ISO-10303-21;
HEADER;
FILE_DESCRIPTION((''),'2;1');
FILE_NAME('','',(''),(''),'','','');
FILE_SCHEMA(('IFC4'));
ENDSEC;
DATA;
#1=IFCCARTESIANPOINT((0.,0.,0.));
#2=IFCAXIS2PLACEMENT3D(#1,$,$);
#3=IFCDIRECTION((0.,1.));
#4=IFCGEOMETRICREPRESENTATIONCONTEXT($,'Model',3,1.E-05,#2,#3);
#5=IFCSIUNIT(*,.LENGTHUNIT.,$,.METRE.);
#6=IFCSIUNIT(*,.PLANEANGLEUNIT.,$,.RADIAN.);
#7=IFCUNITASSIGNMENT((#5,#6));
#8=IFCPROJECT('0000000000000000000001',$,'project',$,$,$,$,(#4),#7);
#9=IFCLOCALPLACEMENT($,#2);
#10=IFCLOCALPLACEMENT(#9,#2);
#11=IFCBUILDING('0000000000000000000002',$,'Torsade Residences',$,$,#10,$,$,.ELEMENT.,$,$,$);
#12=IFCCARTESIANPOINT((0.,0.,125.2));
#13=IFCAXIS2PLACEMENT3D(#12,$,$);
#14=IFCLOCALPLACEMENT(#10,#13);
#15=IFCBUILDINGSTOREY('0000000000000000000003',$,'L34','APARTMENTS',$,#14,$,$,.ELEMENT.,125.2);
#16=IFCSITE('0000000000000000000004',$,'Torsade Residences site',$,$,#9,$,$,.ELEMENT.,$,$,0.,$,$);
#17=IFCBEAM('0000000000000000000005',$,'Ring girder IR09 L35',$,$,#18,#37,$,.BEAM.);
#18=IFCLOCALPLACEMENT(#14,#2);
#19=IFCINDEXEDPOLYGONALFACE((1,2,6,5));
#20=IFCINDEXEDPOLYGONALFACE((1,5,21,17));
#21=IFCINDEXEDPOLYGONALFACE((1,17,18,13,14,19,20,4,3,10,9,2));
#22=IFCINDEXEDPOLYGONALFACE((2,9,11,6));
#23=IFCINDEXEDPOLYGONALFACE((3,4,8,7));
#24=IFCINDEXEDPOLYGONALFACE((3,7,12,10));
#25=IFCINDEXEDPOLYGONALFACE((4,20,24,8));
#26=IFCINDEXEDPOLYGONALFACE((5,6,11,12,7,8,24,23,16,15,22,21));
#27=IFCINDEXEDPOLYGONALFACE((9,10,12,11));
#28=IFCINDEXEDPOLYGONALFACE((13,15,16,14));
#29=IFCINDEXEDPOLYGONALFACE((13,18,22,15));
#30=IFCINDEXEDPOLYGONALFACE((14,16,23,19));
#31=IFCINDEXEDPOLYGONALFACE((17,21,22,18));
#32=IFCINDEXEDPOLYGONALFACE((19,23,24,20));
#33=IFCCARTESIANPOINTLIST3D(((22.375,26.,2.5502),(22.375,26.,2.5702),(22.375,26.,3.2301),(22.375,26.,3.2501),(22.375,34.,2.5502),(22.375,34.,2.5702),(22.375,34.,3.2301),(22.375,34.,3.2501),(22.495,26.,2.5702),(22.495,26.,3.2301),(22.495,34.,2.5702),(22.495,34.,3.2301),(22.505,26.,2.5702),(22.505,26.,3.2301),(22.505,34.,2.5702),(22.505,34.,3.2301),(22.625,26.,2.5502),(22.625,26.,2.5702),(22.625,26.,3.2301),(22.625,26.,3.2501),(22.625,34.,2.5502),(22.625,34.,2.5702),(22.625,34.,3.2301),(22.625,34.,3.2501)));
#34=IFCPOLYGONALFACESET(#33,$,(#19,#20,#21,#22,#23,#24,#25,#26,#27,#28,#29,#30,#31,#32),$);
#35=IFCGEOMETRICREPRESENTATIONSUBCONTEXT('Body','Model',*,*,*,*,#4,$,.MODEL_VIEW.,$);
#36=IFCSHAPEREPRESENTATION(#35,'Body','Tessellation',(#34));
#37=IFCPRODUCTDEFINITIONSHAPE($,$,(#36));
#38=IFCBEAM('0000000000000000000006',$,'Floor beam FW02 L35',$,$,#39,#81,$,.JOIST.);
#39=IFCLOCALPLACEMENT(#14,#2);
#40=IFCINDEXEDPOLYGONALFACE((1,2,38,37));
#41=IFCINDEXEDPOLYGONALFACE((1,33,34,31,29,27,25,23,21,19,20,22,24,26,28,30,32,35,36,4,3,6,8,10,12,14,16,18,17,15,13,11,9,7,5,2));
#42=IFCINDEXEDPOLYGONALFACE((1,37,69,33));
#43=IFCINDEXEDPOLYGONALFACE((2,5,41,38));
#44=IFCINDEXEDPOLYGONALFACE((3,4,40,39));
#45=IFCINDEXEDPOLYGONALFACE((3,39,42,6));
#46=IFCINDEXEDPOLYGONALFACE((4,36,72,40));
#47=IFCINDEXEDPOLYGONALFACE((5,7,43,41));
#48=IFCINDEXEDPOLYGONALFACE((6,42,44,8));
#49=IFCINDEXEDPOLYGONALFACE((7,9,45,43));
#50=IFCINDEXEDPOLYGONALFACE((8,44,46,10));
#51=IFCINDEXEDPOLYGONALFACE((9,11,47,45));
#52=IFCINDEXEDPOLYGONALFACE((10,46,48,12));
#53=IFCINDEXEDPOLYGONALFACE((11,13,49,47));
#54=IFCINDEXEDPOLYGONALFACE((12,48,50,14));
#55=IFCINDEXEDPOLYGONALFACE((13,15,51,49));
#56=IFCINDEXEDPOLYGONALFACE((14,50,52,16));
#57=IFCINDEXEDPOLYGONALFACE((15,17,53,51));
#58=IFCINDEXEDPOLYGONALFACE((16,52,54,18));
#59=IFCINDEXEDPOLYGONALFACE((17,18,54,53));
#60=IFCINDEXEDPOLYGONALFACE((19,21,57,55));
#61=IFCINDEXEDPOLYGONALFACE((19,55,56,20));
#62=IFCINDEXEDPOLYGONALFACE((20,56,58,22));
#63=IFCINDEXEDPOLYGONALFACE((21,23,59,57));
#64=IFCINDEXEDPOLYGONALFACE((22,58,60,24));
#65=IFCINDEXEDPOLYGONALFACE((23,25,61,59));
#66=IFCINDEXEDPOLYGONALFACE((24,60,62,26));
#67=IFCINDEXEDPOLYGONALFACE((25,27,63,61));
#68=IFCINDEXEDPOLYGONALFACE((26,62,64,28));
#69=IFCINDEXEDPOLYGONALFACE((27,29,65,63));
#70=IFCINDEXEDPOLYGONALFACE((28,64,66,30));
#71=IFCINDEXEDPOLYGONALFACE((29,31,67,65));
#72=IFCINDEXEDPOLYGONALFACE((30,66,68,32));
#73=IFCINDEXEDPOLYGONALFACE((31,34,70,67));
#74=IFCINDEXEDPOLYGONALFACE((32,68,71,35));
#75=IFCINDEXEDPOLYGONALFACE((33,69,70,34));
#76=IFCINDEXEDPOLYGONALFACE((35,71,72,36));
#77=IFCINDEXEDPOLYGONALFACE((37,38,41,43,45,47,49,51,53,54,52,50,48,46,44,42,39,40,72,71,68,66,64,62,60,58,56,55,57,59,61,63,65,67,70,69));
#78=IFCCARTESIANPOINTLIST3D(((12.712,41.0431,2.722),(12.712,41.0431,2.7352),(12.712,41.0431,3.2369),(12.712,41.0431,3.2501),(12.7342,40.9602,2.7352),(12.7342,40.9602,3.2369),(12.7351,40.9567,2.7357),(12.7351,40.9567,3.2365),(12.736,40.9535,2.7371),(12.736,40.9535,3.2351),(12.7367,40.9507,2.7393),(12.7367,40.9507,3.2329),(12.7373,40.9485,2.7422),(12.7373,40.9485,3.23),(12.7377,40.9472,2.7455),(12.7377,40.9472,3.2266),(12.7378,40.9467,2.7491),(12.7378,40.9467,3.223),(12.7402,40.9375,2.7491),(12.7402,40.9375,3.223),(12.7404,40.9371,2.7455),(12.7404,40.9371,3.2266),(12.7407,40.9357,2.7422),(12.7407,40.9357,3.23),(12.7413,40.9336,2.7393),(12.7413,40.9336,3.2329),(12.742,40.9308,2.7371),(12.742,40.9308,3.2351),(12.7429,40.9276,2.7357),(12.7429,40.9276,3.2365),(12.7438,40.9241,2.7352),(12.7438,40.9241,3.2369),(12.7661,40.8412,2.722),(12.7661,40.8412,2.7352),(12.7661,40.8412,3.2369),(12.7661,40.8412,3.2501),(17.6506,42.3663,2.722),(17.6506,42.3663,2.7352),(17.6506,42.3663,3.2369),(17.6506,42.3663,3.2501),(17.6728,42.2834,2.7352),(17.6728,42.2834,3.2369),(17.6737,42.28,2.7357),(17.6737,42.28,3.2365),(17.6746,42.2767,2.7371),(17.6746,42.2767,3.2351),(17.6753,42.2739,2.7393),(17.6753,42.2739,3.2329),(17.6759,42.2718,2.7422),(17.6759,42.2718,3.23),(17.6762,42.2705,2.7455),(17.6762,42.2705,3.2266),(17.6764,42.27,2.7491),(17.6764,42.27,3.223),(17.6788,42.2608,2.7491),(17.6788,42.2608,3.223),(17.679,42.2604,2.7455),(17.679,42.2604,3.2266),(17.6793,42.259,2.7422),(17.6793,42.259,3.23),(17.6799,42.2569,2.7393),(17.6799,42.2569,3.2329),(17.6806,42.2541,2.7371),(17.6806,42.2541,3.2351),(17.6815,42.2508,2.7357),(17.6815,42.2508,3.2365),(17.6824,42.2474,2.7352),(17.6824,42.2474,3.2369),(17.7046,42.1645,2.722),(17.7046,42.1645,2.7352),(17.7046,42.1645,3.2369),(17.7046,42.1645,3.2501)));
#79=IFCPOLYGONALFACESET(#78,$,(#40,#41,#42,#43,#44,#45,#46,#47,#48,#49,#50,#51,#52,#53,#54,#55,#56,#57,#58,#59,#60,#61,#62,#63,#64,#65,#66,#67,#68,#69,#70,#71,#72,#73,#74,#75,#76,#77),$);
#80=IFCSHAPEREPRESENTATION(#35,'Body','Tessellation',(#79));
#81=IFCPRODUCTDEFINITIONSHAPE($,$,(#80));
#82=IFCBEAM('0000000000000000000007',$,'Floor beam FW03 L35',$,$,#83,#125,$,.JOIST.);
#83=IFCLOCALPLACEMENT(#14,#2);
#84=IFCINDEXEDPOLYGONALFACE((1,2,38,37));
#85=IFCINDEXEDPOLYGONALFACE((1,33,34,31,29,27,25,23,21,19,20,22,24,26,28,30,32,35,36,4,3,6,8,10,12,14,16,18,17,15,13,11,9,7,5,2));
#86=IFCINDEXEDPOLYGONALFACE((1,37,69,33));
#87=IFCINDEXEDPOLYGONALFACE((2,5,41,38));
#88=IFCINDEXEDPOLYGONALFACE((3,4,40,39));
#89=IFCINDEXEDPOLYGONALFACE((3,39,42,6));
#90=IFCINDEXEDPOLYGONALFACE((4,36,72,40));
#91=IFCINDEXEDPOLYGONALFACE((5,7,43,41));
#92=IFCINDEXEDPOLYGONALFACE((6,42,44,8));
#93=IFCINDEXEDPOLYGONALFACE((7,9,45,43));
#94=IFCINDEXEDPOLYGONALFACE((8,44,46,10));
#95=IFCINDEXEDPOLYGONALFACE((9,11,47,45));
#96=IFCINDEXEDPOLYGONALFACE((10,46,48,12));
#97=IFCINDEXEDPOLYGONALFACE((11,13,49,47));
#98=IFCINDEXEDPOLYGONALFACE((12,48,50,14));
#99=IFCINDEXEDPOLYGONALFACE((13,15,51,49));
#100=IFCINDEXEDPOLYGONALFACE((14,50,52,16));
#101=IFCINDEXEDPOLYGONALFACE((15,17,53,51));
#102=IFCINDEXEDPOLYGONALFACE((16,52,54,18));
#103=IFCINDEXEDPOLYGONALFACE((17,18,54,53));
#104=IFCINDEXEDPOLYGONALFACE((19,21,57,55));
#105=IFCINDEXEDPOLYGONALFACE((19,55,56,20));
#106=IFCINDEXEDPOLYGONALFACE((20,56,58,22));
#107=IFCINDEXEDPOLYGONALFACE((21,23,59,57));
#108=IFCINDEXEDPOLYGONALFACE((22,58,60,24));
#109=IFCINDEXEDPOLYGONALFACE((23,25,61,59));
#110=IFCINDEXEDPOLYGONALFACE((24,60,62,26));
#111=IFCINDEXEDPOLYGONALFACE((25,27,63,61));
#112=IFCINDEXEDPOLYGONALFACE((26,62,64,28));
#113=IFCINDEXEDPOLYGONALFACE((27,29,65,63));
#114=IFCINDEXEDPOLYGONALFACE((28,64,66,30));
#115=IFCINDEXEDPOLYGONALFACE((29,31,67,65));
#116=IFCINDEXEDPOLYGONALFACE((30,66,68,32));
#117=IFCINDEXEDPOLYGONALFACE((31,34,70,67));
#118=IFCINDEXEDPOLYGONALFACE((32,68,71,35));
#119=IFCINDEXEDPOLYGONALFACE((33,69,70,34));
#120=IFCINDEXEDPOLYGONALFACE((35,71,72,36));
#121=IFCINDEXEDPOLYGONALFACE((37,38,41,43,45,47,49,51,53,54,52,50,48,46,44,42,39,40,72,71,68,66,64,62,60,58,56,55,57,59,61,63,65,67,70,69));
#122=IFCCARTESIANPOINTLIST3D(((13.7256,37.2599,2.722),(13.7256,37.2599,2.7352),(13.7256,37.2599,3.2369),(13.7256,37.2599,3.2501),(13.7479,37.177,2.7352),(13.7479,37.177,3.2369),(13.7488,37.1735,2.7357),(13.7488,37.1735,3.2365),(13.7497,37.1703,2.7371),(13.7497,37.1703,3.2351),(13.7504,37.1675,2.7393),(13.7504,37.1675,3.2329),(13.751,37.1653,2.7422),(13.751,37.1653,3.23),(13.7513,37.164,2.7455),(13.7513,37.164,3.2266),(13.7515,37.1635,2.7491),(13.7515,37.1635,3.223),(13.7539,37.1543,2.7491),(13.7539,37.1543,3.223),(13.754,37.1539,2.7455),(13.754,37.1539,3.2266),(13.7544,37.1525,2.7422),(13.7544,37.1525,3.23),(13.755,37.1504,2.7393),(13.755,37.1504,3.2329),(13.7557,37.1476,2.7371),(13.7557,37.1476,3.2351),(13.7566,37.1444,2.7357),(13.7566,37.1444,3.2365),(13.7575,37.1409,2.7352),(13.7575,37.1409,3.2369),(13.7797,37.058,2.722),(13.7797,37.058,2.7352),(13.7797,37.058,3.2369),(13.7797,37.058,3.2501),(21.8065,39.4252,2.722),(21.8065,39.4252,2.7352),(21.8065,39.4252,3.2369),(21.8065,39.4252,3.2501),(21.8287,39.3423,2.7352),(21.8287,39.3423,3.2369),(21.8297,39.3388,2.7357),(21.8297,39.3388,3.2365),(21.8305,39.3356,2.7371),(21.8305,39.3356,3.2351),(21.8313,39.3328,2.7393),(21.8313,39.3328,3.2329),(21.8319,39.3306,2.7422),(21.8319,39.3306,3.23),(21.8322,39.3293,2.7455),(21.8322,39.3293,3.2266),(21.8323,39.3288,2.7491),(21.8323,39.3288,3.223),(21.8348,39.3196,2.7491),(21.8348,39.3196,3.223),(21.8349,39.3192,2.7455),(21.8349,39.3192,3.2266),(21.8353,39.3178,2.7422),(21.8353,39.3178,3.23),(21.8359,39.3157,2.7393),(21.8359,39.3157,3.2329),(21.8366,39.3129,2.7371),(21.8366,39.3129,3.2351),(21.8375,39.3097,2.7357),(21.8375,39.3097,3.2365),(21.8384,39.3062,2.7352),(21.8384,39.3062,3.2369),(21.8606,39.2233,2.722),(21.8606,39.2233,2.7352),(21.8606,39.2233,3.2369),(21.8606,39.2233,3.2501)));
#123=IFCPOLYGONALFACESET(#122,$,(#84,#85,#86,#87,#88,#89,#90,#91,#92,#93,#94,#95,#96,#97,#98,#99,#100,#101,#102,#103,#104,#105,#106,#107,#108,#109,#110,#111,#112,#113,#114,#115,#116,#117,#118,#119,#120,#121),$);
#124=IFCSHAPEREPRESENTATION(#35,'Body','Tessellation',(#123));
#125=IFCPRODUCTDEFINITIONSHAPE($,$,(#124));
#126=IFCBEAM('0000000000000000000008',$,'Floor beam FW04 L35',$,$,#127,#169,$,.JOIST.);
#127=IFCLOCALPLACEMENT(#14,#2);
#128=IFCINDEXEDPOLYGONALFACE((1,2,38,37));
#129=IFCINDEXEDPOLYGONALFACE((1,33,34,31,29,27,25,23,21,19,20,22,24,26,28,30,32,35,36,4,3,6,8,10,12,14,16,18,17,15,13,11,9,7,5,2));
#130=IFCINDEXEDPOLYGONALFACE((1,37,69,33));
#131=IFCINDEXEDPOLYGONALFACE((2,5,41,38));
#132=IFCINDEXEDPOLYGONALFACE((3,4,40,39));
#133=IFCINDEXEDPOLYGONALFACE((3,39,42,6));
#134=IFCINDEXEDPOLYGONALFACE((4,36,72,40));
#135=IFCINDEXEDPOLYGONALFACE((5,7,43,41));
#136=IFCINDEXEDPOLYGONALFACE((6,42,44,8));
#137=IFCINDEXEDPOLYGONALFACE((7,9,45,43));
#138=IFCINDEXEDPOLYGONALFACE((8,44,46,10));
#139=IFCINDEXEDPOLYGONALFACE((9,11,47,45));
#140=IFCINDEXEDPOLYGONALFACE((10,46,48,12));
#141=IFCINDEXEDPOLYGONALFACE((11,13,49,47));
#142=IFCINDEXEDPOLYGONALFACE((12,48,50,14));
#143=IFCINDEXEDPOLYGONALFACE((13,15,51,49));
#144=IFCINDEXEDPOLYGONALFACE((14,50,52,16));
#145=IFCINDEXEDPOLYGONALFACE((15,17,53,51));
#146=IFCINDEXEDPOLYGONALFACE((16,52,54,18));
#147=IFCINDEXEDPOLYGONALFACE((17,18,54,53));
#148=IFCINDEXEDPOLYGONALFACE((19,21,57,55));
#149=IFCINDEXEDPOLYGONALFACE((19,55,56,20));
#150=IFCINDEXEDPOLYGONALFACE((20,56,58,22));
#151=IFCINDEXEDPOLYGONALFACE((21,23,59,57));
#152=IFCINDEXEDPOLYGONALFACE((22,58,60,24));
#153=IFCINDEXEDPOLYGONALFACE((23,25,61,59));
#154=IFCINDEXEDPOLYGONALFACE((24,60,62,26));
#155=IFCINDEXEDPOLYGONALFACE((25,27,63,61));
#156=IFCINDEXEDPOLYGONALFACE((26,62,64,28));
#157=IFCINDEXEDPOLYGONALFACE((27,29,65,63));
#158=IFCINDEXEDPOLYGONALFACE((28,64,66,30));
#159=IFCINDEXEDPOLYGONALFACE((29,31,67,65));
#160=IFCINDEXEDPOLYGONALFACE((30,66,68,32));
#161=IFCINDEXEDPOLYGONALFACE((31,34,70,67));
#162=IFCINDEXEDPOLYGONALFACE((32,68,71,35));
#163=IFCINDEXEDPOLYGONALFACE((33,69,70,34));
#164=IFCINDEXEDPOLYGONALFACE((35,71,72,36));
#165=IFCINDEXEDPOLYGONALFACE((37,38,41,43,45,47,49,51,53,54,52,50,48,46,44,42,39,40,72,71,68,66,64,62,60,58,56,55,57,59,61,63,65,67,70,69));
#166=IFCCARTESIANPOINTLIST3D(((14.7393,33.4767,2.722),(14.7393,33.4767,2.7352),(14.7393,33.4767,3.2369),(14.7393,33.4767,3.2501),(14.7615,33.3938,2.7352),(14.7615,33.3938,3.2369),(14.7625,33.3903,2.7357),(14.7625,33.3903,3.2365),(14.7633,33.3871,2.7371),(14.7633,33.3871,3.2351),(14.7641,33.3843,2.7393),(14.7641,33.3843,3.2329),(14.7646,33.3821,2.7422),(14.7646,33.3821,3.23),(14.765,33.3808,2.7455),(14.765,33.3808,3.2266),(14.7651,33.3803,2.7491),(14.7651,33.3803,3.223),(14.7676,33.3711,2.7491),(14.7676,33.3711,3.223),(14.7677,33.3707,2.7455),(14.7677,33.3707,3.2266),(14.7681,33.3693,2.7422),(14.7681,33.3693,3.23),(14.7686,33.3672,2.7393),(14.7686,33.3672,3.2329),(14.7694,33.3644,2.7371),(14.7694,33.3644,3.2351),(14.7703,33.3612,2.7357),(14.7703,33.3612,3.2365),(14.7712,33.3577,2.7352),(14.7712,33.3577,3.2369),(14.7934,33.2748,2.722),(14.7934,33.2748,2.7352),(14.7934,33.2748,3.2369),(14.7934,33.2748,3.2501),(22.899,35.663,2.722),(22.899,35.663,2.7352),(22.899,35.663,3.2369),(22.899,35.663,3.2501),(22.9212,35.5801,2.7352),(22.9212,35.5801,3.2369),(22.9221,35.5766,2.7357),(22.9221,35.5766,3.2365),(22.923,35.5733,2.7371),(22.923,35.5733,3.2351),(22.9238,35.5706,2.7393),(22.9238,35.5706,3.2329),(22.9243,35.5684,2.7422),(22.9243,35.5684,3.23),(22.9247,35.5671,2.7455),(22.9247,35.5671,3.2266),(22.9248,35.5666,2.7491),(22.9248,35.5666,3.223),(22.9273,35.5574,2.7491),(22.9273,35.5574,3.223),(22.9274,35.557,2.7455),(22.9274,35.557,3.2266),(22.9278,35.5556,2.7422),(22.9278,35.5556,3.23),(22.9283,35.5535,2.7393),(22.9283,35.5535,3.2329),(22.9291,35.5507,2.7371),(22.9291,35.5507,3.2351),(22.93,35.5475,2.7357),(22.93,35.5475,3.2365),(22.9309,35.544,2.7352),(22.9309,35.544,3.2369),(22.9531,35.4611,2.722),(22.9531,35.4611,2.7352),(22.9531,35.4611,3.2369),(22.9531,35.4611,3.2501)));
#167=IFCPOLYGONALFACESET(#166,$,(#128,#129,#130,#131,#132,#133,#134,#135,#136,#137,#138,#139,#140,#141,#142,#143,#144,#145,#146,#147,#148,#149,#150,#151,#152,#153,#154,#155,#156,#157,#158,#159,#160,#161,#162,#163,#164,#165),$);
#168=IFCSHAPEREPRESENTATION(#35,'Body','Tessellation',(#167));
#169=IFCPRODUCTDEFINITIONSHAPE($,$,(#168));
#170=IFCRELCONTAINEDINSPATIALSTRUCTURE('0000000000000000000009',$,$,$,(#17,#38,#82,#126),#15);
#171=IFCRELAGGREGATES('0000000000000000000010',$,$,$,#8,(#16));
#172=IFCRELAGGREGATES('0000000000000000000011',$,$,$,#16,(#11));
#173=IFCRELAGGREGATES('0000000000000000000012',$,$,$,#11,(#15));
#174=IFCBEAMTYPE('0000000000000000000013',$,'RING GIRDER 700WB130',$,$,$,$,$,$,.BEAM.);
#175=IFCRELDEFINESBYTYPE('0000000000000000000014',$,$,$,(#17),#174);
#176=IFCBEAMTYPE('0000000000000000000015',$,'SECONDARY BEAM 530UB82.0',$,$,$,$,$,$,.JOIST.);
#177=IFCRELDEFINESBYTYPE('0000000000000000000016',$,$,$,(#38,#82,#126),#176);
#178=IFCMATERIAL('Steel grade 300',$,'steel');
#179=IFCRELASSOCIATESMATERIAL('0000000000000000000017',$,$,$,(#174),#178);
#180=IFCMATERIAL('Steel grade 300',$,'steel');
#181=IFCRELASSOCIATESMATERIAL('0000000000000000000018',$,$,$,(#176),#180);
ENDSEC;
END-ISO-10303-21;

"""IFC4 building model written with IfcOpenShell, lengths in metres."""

from ifc_helpers import new_model, si_unit, direction, frame, origin, origin_2d, place, context, subcontext, project, spatial, i_section, extrude, material, material_profile, profile_set, type_object, element, save


model = new_model("IFC4")

# Units and contexts
model_context = context("Model", 3, precision=1e-05, world=origin(), true_north=direction((0.0, 1.0)))
body_context = subcontext(model_context, "Body", "Model", "MODEL_VIEW")
ifc_project = project(units=[si_unit("LENGTHUNIT", "METRE"), si_unit("PLANEANGLEUNIT", "RADIAN")], contexts=[model_context])

# Site, building, storey
site_placement = place(None, origin())
site = spatial("IfcSite", under=ifc_project, at=site_placement, Name="Torsade Residences site", CompositionType="ELEMENT", RefElevation=0.0)
building_placement = place(site_placement, origin())
building = spatial("IfcBuilding", under=site, at=building_placement, Name="Torsade Residences", CompositionType="ELEMENT")
storey_placement = place(building_placement, frame((0.0, 0.0, 125.2)))
storey = spatial("IfcBuildingStorey", under=building, at=storey_placement, Name="L34", Description="APARTMENTS", CompositionType="ELEMENT", Elevation=125.2)

# Beams
ifc_material_1 = material(Name="Steel grade 300", Category="steel")
ifc_material_profile_1 = material_profile(ifc_material_1, i_section(OverallWidth=0.25, OverallDepth=0.7, WebThickness=0.01, FlangeThickness=0.02, at=origin_2d()), Name="700WB130")
ifc_profile_set_1 = profile_set([ifc_material_profile_1], Name="Steel grade 300")
beam_type_1 = type_object("IfcBeamType", Name="RING GIRDER 700WB130", PredefinedType="BEAM", material=ifc_profile_set_1)
beam_1_placement = place(storey_placement, frame((22.5, 34.0, 2.9001), z_axis=(0.0, -1.0, 0.0), x_axis=(1.0, 0.0, 0.0)))
element("IfcBeam", 1, at=beam_1_placement, inside=storey, type_object=beam_type_1, Name="Ring girder IR09 L35", PredefinedType="BEAM", context=body_context, shape_type="SweptSolid", body=[
    extrude(i_section(OverallWidth=0.25, OverallDepth=0.7, WebThickness=0.01, FlangeThickness=0.02, at=origin_2d()), origin(), (0.0, 0.0, 1.0), 8.0),
])
ifc_material_2 = material(Name="Steel grade 300", Category="steel")
ifc_material_profile_2 = material_profile(ifc_material_2, i_section(OverallWidth=0.209, OverallDepth=0.5281, WebThickness=0.0095, FlangeThickness=0.0132, FilletRadius=0.0139, at=origin_2d()), Name="530UB82.0")
ifc_profile_set_2 = profile_set([ifc_material_profile_2], Name="Steel grade 300")
beam_type_2 = type_object("IfcBeamType", Name="SECONDARY BEAM 530UB82.0", PredefinedType="JOIST", material=ifc_profile_set_2)
beam_2_placement = place(storey_placement, frame((12.739, 40.9421, 2.9861), z_axis=(0.965927, 0.258816, 0.0), x_axis=(-0.258816, 0.965927, 0.0)))
element("IfcBeam", 2, at=beam_2_placement, inside=storey, type_object=beam_type_2, Name="Floor beam FW02 L35", PredefinedType="JOIST", context=body_context, shape_type="SweptSolid", body=[
    extrude(i_section(OverallWidth=0.209, OverallDepth=0.5281, WebThickness=0.0095, FlangeThickness=0.0132, FilletRadius=0.0139, at=origin_2d()), origin(), (0.0, 0.0, 1.0), 5.1128),
])
beam_3_placement = place(storey_placement, frame((13.7527, 37.1589, 2.9861), z_axis=(0.965925, 0.258823, 0.0), x_axis=(-0.258823, 0.965925, 0.0)))
element("IfcBeam", 3, at=beam_3_placement, inside=storey, type_object=beam_type_2, Name="Floor beam FW03 L35", PredefinedType="JOIST", context=body_context, shape_type="SweptSolid", body=[
    extrude(i_section(OverallWidth=0.209, OverallDepth=0.5281, WebThickness=0.0095, FlangeThickness=0.0132, FilletRadius=0.0139, at=origin_2d()), origin(), (0.0, 0.0, 1.0), 8.366),
])
beam_4_placement = place(storey_placement, frame((14.7664, 33.3757, 2.9861), z_axis=(0.965929, 0.258808, 0.0), x_axis=(-0.258808, 0.965929, 0.0)))
element("IfcBeam", 4, at=beam_4_placement, inside=storey, type_object=beam_type_2, Name="Floor beam FW04 L35", PredefinedType="JOIST", context=body_context, shape_type="SweptSolid", body=[
    extrude(i_section(OverallWidth=0.209, OverallDepth=0.5281, WebThickness=0.0095, FlangeThickness=0.0132, FilletRadius=0.0139, at=origin_2d()), origin(), (0.0, 0.0, 1.0), 8.4475),
])

save(model, "model.ifc")
